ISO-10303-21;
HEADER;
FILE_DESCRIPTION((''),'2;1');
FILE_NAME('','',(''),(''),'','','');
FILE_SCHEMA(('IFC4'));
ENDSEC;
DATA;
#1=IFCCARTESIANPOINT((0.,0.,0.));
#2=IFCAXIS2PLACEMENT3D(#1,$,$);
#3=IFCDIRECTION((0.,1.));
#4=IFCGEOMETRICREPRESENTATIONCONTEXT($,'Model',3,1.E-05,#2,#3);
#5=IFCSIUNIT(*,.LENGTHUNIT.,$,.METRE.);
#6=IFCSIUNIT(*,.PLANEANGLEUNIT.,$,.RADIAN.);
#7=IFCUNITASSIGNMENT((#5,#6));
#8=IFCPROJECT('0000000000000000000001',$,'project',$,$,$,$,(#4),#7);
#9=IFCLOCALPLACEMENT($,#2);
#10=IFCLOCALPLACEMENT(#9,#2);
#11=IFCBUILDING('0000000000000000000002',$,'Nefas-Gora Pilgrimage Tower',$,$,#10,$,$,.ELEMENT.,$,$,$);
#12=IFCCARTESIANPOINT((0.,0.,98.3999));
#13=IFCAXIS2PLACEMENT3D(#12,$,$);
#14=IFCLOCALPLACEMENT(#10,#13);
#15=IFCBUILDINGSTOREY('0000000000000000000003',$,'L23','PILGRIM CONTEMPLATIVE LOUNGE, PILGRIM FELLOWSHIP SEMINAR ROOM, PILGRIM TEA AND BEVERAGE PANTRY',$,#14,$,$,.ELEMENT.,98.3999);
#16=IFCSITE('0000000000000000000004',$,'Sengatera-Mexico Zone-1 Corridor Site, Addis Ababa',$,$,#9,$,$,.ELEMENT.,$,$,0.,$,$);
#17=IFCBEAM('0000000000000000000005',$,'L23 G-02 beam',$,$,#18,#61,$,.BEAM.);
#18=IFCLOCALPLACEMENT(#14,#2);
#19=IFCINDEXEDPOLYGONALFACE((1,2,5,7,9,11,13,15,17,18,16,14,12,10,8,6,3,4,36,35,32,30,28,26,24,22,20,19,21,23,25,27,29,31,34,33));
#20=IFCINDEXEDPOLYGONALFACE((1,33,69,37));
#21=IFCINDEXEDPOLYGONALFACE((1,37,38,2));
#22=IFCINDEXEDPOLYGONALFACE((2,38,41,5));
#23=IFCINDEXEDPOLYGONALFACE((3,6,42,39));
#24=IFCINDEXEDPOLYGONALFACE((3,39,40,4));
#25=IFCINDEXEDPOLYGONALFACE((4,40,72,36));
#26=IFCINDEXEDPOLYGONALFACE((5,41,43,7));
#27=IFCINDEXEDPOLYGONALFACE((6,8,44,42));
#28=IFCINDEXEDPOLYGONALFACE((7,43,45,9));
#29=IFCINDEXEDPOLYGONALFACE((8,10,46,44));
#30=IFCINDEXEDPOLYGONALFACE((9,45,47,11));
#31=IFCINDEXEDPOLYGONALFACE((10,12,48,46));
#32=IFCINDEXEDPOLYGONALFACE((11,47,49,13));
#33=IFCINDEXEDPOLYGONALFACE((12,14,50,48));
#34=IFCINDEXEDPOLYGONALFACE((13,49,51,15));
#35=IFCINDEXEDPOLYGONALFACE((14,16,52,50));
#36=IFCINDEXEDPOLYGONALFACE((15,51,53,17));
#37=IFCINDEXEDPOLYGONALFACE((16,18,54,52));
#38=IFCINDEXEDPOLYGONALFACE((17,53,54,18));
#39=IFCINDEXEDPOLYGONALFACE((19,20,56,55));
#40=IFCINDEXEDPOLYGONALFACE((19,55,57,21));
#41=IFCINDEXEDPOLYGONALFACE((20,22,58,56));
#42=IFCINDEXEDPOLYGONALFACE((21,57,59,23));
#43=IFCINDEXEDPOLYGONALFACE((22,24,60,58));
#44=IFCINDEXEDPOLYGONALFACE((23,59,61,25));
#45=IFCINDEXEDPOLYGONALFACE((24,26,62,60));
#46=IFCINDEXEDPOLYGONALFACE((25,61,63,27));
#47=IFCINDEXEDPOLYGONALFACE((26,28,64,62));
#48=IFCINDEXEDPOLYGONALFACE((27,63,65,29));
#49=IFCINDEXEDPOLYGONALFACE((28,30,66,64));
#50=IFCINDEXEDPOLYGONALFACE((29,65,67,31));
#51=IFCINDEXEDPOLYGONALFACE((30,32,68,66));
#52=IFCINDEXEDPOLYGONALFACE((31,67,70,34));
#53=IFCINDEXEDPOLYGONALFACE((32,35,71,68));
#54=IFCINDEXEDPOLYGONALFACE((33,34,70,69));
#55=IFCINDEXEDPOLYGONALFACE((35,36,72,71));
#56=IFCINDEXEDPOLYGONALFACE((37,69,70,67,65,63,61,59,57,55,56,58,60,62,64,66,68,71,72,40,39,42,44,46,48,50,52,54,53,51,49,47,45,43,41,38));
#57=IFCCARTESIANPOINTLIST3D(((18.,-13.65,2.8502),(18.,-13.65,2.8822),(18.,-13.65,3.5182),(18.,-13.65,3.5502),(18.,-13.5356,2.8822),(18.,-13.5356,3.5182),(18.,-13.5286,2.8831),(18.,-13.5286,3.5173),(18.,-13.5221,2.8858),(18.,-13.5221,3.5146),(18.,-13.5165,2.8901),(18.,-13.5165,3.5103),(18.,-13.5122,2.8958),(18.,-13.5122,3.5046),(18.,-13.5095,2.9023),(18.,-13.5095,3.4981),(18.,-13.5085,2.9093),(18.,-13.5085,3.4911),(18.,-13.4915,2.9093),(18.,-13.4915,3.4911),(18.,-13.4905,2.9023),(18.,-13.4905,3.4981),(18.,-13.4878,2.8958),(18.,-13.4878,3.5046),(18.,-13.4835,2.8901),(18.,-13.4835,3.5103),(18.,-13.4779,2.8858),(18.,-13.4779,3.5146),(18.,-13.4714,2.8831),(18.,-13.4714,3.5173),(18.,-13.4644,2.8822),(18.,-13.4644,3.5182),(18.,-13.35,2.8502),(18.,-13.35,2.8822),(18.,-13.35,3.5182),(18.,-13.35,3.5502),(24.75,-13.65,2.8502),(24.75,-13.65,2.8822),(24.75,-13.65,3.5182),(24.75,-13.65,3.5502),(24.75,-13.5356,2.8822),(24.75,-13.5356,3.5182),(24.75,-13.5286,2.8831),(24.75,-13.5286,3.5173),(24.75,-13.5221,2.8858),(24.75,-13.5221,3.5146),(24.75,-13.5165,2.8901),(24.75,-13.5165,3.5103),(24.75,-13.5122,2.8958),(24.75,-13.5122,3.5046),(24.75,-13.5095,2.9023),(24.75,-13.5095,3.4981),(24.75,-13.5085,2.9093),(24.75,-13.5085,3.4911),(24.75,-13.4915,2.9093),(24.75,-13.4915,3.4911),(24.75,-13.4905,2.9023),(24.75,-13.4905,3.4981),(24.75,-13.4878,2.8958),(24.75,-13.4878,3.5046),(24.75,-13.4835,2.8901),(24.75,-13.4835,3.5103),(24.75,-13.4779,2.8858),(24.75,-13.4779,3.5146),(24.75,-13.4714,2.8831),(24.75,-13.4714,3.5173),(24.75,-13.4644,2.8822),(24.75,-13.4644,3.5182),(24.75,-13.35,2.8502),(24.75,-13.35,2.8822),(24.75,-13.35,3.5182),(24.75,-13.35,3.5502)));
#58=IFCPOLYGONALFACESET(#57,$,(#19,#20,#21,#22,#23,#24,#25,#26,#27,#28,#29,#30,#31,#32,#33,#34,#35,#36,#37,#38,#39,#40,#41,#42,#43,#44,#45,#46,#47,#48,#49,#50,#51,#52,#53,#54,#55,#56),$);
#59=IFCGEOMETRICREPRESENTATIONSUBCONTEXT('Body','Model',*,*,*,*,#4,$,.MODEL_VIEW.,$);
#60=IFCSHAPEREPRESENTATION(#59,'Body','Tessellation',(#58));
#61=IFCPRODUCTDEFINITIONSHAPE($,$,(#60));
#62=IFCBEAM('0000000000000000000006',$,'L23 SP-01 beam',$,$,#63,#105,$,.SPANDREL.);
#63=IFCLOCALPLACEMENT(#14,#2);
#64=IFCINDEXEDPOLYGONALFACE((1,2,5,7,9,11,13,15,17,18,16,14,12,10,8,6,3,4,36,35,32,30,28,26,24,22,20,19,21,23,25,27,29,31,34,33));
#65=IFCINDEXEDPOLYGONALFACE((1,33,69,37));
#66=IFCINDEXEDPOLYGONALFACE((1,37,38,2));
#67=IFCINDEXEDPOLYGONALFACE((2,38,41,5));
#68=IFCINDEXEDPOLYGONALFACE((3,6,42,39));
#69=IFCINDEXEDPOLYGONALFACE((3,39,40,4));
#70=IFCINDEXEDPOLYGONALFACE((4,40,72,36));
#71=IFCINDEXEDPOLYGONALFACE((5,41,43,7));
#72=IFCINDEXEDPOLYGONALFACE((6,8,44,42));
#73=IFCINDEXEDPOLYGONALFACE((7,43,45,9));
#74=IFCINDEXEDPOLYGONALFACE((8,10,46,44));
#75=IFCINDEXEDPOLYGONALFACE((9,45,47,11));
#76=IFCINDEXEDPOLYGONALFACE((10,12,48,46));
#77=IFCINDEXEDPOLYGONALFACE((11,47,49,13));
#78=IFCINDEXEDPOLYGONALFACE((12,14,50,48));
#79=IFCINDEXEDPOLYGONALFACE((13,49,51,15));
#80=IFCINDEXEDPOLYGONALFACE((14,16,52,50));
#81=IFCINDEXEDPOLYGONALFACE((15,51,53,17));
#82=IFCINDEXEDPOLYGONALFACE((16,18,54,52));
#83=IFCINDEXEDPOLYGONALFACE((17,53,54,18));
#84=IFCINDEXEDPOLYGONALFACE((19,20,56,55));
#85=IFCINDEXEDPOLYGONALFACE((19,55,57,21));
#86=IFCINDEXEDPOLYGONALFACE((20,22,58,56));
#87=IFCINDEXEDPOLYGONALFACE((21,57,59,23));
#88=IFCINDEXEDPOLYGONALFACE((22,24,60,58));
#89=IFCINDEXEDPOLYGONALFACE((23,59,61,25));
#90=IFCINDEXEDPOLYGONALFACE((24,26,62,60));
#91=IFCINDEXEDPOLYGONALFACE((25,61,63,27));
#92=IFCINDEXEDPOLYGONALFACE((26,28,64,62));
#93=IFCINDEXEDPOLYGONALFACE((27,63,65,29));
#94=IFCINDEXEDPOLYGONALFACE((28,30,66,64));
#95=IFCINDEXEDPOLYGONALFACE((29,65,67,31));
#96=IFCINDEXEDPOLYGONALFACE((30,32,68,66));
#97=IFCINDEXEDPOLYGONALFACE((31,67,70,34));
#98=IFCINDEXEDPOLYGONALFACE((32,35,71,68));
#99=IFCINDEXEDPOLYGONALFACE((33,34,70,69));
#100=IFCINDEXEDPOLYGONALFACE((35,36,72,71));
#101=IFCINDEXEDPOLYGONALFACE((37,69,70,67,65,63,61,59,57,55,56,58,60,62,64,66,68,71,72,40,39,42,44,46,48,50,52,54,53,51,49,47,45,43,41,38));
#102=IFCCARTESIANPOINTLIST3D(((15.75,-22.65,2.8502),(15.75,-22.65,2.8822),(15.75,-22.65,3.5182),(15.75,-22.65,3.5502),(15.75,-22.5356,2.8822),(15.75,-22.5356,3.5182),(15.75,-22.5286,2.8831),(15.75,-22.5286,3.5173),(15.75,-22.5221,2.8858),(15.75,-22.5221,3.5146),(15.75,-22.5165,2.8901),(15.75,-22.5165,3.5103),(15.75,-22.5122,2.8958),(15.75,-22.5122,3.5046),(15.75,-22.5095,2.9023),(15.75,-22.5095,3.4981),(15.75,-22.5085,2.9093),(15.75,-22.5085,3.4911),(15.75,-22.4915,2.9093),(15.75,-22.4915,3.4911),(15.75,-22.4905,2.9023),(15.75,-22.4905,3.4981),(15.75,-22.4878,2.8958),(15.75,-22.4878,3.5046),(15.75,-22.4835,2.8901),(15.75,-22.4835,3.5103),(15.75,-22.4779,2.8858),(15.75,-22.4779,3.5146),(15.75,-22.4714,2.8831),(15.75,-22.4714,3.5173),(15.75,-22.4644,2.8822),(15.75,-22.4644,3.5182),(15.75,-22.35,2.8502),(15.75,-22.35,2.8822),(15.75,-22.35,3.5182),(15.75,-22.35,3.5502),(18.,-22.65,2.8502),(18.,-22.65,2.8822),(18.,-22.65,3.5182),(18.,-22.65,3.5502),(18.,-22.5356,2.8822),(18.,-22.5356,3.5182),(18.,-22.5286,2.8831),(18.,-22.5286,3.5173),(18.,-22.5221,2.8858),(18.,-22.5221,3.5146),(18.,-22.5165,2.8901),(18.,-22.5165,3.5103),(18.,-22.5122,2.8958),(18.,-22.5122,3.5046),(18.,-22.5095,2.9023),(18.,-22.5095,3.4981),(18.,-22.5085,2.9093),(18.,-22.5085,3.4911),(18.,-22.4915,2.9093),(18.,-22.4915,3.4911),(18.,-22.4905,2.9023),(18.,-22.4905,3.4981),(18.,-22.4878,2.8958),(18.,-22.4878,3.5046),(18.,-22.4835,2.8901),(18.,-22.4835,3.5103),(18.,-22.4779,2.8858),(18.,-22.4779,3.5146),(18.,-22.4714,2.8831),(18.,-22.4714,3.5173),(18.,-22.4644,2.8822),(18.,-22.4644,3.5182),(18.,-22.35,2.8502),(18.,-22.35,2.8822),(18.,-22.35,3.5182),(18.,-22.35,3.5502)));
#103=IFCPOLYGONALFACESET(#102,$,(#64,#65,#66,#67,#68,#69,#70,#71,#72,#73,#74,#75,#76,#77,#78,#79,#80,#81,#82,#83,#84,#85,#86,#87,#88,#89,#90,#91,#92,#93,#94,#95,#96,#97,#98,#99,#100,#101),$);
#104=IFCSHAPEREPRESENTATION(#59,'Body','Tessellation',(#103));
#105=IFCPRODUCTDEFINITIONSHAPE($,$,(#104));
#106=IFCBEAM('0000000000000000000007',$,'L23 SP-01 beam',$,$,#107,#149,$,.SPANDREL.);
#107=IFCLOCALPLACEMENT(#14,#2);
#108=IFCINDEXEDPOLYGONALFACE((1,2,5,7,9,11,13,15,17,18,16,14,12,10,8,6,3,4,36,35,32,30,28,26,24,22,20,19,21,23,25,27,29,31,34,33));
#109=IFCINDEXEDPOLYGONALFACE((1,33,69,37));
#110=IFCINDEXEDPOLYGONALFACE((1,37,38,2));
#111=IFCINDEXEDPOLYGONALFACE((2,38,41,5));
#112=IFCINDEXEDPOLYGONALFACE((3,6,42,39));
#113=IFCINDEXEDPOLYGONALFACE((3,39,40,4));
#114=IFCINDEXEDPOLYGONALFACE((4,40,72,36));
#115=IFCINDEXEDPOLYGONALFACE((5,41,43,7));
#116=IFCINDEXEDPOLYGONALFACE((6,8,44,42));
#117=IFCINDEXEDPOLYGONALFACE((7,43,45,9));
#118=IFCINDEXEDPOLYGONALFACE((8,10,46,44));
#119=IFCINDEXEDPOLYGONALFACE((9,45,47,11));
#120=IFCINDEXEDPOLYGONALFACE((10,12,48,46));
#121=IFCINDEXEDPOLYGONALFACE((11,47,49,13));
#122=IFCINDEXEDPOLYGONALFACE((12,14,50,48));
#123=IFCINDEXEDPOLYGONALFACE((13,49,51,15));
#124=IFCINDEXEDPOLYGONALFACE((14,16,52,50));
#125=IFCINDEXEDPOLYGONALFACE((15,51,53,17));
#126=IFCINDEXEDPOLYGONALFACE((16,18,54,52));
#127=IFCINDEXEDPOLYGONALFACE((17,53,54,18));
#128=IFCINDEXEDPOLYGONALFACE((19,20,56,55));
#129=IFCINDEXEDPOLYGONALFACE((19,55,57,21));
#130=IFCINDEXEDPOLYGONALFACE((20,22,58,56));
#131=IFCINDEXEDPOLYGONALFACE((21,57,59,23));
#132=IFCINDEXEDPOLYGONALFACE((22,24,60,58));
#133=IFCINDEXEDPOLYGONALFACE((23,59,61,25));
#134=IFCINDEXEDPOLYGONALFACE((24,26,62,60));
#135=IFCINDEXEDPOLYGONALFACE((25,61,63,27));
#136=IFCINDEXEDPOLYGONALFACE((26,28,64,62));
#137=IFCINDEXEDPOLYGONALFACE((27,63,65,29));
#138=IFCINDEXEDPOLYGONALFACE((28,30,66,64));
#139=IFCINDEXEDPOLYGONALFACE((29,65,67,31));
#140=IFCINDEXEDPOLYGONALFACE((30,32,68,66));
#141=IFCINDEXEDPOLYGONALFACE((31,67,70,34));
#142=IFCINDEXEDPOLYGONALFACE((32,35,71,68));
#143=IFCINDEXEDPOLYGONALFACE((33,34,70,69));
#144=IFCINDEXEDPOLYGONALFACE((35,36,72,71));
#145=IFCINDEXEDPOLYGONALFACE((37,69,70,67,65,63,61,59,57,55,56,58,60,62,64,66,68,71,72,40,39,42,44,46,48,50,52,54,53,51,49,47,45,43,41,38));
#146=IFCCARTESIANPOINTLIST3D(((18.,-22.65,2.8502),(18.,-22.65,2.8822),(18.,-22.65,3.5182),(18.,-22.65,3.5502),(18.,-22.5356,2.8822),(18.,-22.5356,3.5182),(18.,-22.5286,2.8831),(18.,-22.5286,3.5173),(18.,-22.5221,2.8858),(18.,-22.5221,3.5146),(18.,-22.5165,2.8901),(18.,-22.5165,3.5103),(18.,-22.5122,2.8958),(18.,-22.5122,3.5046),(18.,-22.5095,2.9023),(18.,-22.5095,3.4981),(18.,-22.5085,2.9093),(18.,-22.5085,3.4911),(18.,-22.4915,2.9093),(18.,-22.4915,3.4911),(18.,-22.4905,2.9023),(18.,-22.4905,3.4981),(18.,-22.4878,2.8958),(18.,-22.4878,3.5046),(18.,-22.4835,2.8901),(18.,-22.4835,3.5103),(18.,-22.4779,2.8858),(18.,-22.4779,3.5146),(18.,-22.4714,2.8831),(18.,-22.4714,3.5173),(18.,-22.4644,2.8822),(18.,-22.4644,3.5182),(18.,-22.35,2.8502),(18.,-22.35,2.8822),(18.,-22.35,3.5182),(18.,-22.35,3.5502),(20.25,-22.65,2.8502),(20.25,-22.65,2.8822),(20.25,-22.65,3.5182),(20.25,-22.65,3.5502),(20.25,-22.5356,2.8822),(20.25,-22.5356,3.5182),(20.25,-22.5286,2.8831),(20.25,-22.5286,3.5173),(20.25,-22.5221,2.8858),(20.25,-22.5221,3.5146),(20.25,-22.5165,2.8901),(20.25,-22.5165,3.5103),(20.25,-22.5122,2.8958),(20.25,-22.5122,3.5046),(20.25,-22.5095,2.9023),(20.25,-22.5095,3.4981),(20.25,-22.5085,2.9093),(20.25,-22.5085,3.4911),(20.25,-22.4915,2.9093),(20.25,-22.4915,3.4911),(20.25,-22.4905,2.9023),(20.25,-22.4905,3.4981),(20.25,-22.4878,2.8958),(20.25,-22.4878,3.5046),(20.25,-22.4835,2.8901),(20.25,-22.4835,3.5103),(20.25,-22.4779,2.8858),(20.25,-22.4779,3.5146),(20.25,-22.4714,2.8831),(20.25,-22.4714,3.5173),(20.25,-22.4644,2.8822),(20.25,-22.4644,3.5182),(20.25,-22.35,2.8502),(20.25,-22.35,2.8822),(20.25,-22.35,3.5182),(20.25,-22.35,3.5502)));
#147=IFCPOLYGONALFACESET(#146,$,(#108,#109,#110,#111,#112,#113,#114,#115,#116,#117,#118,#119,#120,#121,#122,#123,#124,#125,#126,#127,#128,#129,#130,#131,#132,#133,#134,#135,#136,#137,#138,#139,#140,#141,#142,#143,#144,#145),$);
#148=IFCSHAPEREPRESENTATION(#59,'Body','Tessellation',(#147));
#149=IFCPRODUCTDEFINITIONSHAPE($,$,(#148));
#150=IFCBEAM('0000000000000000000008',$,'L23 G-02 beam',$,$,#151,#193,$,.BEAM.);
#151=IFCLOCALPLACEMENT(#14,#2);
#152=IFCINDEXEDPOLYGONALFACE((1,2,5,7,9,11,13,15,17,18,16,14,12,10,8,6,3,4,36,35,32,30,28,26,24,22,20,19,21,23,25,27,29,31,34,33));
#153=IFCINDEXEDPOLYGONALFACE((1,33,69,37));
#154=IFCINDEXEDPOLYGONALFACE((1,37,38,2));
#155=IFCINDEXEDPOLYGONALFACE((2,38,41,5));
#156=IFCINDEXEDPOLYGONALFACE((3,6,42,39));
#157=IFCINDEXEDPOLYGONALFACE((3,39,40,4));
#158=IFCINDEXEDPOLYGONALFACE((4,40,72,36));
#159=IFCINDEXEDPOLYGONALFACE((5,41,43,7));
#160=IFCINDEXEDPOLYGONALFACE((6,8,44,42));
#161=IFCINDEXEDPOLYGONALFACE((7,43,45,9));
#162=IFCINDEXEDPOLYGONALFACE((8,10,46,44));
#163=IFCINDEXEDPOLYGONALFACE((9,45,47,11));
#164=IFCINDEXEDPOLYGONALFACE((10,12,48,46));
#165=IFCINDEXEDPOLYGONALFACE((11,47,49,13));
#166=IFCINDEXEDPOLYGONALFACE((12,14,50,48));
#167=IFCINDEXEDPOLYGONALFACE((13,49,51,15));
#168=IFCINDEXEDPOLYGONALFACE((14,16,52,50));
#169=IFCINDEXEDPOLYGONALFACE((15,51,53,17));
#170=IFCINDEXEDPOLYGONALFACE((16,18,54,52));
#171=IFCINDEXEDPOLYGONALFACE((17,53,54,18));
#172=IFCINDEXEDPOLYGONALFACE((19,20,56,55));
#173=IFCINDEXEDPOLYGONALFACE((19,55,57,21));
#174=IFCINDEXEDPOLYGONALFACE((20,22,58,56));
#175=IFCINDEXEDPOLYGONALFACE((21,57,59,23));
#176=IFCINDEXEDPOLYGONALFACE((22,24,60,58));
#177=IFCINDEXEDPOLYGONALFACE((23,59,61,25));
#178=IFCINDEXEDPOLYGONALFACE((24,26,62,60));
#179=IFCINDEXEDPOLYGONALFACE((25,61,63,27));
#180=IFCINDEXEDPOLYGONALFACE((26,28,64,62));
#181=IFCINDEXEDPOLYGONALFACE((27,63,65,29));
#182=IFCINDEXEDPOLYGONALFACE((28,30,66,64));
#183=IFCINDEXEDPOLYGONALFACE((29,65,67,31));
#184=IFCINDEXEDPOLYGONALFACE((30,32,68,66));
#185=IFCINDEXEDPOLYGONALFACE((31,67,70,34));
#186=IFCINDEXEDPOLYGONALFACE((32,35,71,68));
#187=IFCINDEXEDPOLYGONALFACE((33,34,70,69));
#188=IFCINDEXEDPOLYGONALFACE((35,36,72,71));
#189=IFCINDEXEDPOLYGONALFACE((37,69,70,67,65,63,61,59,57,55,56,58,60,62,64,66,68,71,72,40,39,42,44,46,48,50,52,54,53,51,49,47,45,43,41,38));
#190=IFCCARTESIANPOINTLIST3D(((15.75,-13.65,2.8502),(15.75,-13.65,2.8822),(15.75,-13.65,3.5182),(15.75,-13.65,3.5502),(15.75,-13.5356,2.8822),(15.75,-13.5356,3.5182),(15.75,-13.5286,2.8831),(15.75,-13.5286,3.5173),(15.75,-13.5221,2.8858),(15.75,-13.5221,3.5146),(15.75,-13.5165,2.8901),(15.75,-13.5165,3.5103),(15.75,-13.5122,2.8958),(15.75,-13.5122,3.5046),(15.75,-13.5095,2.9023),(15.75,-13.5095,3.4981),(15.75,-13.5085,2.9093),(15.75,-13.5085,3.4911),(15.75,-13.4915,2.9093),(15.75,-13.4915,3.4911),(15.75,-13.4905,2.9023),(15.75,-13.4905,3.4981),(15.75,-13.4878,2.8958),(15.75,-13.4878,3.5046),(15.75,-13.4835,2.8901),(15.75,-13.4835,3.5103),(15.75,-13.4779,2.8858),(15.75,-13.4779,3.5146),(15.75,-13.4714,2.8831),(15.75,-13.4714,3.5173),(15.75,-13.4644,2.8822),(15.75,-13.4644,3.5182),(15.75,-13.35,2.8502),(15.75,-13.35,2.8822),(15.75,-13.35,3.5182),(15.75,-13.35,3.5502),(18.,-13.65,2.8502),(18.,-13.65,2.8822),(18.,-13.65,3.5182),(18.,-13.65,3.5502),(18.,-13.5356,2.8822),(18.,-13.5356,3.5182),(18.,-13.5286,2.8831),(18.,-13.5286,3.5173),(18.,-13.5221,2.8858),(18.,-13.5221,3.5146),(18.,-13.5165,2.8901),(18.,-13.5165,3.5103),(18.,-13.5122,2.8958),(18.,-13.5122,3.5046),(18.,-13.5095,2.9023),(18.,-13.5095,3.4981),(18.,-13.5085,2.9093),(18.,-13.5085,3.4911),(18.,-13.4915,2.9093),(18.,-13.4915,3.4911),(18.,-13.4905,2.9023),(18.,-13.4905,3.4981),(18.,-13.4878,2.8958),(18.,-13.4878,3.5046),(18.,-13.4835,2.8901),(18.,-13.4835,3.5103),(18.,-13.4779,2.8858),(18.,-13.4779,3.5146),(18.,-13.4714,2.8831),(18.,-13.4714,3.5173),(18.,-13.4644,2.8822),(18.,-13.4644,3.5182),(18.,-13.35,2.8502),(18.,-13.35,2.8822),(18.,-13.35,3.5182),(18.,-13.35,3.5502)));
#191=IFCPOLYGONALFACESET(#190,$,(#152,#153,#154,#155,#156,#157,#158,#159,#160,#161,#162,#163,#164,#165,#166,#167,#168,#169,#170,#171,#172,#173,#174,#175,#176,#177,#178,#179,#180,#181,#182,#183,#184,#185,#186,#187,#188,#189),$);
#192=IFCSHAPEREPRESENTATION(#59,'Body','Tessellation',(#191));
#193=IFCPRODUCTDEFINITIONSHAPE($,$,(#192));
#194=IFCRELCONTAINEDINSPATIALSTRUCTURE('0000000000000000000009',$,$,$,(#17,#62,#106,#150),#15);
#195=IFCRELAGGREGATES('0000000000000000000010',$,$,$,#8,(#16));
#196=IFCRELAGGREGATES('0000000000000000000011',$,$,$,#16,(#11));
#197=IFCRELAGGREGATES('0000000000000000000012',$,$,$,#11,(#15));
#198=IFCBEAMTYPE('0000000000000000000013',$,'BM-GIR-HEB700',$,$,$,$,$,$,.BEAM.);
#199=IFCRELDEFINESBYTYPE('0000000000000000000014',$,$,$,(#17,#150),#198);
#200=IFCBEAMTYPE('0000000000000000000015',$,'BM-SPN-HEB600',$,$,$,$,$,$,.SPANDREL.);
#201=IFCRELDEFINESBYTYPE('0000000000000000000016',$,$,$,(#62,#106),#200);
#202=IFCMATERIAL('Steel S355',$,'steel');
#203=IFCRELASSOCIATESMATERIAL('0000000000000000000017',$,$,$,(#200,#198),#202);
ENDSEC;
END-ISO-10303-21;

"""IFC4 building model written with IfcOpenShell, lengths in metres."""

from ifc_helpers import new_model, si_unit, direction, frame, origin, origin_2d, place, context, subcontext, project, spatial, i_section, extrude, source, transform, mapped, material, material_profile, profile_set, type_object, element, save


model = new_model("IFC4")

# Units and contexts
model_context = context("Model", 3, precision=1e-05, world=origin(), true_north=direction((0.0, 1.0)))
body_context = subcontext(model_context, "Body", "Model", "MODEL_VIEW")
ifc_project = project(units=[si_unit("LENGTHUNIT", "METRE"), si_unit("PLANEANGLEUNIT", "RADIAN")], contexts=[model_context])

# Site, building, storey
site_placement = place(None, origin())
site = spatial("IfcSite", under=ifc_project, at=site_placement, Name="Sengatera-Mexico Zone-1 Corridor Site, Addis Ababa", CompositionType="ELEMENT", RefElevation=0.0)
building_placement = place(site_placement, origin())
building = spatial("IfcBuilding", under=site, at=building_placement, Name="Nefas-Gora Pilgrimage Tower", CompositionType="ELEMENT")
storey_placement = place(building_placement, frame((0.0, 0.0, 98.3999)))
storey = spatial("IfcBuildingStorey", under=building, at=storey_placement, Name="L23", Description="PILGRIM CONTEMPLATIVE LOUNGE, PILGRIM FELLOWSHIP SEMINAR ROOM, PILGRIM TEA AND BEVERAGE PANTRY", CompositionType="ELEMENT", Elevation=98.3999)

# Beams
ifc_material_1 = material(Name="Steel S355", Category="steel")
ifc_material_profile_1 = material_profile(ifc_material_1, i_section(OverallWidth=0.3, OverallDepth=0.7, WebThickness=0.0171, FlangeThickness=0.032, FilletRadius=0.0271, at=origin_2d()), Name="HEB 700")
ifc_profile_set_1 = profile_set([ifc_material_profile_1], Name="Steel S355")
beam_type_1 = type_object("IfcBeamType", Name="BM-SPN-HEB600", PredefinedType="SPANDREL", material=ifc_profile_set_1)
ifc_material_profile_2 = material_profile(ifc_material_1, i_section(OverallWidth=0.3, OverallDepth=0.7, WebThickness=0.0171, FlangeThickness=0.032, FilletRadius=0.0271, at=origin_2d()), Name="HEB 700")
ifc_profile_set_2 = profile_set([ifc_material_profile_2], Name="Steel S355")
beam_type_2 = type_object("IfcBeamType", Name="BM-GIR-HEB700", PredefinedType="BEAM", material=ifc_profile_set_2)
shared_shape_1 = source(origin(), body_context, "Body", "SweptSolid", [
    extrude(i_section(OverallWidth=0.3, OverallDepth=0.7, WebThickness=0.0171, FlangeThickness=0.032, FilletRadius=0.0271, at=origin_2d()), origin(), (0.0, 0.0, 1.0), 6.75),
])
for number, where, z_axis, x_axis, name in (
    (1, (18.0, -13.5, 3.2002), (1.0, 0.0, 0.0), (0.0, 1.0, 0.0), "L23 G-02 beam"),
):
    element("IfcBeam", number, at=place(storey_placement, frame(where, z_axis=z_axis, x_axis=x_axis)), inside=storey, type_object=beam_type_2, Name=name, PredefinedType="BEAM", context=body_context, shape_type="MappedRepresentation", body=[
        mapped(shared_shape_1, transform((0.0, 0.0, 0.0), x_axis=(1.0, 0.0, 0.0), y_axis=(0.0, 1.0, 0.0), z_axis=(0.0, 0.0, 1.0), scale=1.0)),
    ])
shared_shape_2 = source(origin(), body_context, "Body", "SweptSolid", [
    extrude(i_section(OverallWidth=0.3, OverallDepth=0.7, WebThickness=0.0171, FlangeThickness=0.032, FilletRadius=0.0271, at=origin_2d()), origin(), (0.0, 0.0, 1.0), 2.25),
])
for number, where, z_axis, x_axis, name in (
    (2, (15.75, -22.5, 3.2002), (1.0, 0.0, 0.0), (0.0, 1.0, 0.0), "L23 SP-01 beam"),
    (3, (18.0, -22.5, 3.2002), (1.0, 0.0, 0.0), (0.0, 1.0, 0.0), "L23 SP-01 beam"),
):
    element("IfcBeam", number, at=place(storey_placement, frame(where, z_axis=z_axis, x_axis=x_axis)), inside=storey, type_object=beam_type_1, Name=name, PredefinedType="SPANDREL", context=body_context, shape_type="MappedRepresentation", body=[
        mapped(shared_shape_2, transform((0.0, 0.0, 0.0), x_axis=(1.0, 0.0, 0.0), y_axis=(0.0, 1.0, 0.0), z_axis=(0.0, 0.0, 1.0), scale=1.0)),
    ])
shared_shape_3 = source(origin(), body_context, "Body", "SweptSolid", [
    extrude(i_section(OverallWidth=0.3, OverallDepth=0.7, WebThickness=0.0171, FlangeThickness=0.032, FilletRadius=0.0271, at=origin_2d()), origin(), (0.0, 0.0, 1.0), 2.25),
])
beam_1_placement = place(storey_placement, frame((15.75, -13.5, 3.2002), z_axis=(1.0, 0.0, 0.0), x_axis=(0.0, 1.0, 0.0)))
element("IfcBeam", 4, at=beam_1_placement, inside=storey, type_object=beam_type_2, Name="L23 G-02 beam", PredefinedType="BEAM", context=body_context, shape_type="MappedRepresentation", body=[
    mapped(shared_shape_3, transform((0.0, 0.0, 0.0), x_axis=(1.0, 0.0, 0.0), y_axis=(0.0, 1.0, 0.0), z_axis=(0.0, 0.0, 1.0), scale=1.0)),
])

save(model, "model.ifc")
